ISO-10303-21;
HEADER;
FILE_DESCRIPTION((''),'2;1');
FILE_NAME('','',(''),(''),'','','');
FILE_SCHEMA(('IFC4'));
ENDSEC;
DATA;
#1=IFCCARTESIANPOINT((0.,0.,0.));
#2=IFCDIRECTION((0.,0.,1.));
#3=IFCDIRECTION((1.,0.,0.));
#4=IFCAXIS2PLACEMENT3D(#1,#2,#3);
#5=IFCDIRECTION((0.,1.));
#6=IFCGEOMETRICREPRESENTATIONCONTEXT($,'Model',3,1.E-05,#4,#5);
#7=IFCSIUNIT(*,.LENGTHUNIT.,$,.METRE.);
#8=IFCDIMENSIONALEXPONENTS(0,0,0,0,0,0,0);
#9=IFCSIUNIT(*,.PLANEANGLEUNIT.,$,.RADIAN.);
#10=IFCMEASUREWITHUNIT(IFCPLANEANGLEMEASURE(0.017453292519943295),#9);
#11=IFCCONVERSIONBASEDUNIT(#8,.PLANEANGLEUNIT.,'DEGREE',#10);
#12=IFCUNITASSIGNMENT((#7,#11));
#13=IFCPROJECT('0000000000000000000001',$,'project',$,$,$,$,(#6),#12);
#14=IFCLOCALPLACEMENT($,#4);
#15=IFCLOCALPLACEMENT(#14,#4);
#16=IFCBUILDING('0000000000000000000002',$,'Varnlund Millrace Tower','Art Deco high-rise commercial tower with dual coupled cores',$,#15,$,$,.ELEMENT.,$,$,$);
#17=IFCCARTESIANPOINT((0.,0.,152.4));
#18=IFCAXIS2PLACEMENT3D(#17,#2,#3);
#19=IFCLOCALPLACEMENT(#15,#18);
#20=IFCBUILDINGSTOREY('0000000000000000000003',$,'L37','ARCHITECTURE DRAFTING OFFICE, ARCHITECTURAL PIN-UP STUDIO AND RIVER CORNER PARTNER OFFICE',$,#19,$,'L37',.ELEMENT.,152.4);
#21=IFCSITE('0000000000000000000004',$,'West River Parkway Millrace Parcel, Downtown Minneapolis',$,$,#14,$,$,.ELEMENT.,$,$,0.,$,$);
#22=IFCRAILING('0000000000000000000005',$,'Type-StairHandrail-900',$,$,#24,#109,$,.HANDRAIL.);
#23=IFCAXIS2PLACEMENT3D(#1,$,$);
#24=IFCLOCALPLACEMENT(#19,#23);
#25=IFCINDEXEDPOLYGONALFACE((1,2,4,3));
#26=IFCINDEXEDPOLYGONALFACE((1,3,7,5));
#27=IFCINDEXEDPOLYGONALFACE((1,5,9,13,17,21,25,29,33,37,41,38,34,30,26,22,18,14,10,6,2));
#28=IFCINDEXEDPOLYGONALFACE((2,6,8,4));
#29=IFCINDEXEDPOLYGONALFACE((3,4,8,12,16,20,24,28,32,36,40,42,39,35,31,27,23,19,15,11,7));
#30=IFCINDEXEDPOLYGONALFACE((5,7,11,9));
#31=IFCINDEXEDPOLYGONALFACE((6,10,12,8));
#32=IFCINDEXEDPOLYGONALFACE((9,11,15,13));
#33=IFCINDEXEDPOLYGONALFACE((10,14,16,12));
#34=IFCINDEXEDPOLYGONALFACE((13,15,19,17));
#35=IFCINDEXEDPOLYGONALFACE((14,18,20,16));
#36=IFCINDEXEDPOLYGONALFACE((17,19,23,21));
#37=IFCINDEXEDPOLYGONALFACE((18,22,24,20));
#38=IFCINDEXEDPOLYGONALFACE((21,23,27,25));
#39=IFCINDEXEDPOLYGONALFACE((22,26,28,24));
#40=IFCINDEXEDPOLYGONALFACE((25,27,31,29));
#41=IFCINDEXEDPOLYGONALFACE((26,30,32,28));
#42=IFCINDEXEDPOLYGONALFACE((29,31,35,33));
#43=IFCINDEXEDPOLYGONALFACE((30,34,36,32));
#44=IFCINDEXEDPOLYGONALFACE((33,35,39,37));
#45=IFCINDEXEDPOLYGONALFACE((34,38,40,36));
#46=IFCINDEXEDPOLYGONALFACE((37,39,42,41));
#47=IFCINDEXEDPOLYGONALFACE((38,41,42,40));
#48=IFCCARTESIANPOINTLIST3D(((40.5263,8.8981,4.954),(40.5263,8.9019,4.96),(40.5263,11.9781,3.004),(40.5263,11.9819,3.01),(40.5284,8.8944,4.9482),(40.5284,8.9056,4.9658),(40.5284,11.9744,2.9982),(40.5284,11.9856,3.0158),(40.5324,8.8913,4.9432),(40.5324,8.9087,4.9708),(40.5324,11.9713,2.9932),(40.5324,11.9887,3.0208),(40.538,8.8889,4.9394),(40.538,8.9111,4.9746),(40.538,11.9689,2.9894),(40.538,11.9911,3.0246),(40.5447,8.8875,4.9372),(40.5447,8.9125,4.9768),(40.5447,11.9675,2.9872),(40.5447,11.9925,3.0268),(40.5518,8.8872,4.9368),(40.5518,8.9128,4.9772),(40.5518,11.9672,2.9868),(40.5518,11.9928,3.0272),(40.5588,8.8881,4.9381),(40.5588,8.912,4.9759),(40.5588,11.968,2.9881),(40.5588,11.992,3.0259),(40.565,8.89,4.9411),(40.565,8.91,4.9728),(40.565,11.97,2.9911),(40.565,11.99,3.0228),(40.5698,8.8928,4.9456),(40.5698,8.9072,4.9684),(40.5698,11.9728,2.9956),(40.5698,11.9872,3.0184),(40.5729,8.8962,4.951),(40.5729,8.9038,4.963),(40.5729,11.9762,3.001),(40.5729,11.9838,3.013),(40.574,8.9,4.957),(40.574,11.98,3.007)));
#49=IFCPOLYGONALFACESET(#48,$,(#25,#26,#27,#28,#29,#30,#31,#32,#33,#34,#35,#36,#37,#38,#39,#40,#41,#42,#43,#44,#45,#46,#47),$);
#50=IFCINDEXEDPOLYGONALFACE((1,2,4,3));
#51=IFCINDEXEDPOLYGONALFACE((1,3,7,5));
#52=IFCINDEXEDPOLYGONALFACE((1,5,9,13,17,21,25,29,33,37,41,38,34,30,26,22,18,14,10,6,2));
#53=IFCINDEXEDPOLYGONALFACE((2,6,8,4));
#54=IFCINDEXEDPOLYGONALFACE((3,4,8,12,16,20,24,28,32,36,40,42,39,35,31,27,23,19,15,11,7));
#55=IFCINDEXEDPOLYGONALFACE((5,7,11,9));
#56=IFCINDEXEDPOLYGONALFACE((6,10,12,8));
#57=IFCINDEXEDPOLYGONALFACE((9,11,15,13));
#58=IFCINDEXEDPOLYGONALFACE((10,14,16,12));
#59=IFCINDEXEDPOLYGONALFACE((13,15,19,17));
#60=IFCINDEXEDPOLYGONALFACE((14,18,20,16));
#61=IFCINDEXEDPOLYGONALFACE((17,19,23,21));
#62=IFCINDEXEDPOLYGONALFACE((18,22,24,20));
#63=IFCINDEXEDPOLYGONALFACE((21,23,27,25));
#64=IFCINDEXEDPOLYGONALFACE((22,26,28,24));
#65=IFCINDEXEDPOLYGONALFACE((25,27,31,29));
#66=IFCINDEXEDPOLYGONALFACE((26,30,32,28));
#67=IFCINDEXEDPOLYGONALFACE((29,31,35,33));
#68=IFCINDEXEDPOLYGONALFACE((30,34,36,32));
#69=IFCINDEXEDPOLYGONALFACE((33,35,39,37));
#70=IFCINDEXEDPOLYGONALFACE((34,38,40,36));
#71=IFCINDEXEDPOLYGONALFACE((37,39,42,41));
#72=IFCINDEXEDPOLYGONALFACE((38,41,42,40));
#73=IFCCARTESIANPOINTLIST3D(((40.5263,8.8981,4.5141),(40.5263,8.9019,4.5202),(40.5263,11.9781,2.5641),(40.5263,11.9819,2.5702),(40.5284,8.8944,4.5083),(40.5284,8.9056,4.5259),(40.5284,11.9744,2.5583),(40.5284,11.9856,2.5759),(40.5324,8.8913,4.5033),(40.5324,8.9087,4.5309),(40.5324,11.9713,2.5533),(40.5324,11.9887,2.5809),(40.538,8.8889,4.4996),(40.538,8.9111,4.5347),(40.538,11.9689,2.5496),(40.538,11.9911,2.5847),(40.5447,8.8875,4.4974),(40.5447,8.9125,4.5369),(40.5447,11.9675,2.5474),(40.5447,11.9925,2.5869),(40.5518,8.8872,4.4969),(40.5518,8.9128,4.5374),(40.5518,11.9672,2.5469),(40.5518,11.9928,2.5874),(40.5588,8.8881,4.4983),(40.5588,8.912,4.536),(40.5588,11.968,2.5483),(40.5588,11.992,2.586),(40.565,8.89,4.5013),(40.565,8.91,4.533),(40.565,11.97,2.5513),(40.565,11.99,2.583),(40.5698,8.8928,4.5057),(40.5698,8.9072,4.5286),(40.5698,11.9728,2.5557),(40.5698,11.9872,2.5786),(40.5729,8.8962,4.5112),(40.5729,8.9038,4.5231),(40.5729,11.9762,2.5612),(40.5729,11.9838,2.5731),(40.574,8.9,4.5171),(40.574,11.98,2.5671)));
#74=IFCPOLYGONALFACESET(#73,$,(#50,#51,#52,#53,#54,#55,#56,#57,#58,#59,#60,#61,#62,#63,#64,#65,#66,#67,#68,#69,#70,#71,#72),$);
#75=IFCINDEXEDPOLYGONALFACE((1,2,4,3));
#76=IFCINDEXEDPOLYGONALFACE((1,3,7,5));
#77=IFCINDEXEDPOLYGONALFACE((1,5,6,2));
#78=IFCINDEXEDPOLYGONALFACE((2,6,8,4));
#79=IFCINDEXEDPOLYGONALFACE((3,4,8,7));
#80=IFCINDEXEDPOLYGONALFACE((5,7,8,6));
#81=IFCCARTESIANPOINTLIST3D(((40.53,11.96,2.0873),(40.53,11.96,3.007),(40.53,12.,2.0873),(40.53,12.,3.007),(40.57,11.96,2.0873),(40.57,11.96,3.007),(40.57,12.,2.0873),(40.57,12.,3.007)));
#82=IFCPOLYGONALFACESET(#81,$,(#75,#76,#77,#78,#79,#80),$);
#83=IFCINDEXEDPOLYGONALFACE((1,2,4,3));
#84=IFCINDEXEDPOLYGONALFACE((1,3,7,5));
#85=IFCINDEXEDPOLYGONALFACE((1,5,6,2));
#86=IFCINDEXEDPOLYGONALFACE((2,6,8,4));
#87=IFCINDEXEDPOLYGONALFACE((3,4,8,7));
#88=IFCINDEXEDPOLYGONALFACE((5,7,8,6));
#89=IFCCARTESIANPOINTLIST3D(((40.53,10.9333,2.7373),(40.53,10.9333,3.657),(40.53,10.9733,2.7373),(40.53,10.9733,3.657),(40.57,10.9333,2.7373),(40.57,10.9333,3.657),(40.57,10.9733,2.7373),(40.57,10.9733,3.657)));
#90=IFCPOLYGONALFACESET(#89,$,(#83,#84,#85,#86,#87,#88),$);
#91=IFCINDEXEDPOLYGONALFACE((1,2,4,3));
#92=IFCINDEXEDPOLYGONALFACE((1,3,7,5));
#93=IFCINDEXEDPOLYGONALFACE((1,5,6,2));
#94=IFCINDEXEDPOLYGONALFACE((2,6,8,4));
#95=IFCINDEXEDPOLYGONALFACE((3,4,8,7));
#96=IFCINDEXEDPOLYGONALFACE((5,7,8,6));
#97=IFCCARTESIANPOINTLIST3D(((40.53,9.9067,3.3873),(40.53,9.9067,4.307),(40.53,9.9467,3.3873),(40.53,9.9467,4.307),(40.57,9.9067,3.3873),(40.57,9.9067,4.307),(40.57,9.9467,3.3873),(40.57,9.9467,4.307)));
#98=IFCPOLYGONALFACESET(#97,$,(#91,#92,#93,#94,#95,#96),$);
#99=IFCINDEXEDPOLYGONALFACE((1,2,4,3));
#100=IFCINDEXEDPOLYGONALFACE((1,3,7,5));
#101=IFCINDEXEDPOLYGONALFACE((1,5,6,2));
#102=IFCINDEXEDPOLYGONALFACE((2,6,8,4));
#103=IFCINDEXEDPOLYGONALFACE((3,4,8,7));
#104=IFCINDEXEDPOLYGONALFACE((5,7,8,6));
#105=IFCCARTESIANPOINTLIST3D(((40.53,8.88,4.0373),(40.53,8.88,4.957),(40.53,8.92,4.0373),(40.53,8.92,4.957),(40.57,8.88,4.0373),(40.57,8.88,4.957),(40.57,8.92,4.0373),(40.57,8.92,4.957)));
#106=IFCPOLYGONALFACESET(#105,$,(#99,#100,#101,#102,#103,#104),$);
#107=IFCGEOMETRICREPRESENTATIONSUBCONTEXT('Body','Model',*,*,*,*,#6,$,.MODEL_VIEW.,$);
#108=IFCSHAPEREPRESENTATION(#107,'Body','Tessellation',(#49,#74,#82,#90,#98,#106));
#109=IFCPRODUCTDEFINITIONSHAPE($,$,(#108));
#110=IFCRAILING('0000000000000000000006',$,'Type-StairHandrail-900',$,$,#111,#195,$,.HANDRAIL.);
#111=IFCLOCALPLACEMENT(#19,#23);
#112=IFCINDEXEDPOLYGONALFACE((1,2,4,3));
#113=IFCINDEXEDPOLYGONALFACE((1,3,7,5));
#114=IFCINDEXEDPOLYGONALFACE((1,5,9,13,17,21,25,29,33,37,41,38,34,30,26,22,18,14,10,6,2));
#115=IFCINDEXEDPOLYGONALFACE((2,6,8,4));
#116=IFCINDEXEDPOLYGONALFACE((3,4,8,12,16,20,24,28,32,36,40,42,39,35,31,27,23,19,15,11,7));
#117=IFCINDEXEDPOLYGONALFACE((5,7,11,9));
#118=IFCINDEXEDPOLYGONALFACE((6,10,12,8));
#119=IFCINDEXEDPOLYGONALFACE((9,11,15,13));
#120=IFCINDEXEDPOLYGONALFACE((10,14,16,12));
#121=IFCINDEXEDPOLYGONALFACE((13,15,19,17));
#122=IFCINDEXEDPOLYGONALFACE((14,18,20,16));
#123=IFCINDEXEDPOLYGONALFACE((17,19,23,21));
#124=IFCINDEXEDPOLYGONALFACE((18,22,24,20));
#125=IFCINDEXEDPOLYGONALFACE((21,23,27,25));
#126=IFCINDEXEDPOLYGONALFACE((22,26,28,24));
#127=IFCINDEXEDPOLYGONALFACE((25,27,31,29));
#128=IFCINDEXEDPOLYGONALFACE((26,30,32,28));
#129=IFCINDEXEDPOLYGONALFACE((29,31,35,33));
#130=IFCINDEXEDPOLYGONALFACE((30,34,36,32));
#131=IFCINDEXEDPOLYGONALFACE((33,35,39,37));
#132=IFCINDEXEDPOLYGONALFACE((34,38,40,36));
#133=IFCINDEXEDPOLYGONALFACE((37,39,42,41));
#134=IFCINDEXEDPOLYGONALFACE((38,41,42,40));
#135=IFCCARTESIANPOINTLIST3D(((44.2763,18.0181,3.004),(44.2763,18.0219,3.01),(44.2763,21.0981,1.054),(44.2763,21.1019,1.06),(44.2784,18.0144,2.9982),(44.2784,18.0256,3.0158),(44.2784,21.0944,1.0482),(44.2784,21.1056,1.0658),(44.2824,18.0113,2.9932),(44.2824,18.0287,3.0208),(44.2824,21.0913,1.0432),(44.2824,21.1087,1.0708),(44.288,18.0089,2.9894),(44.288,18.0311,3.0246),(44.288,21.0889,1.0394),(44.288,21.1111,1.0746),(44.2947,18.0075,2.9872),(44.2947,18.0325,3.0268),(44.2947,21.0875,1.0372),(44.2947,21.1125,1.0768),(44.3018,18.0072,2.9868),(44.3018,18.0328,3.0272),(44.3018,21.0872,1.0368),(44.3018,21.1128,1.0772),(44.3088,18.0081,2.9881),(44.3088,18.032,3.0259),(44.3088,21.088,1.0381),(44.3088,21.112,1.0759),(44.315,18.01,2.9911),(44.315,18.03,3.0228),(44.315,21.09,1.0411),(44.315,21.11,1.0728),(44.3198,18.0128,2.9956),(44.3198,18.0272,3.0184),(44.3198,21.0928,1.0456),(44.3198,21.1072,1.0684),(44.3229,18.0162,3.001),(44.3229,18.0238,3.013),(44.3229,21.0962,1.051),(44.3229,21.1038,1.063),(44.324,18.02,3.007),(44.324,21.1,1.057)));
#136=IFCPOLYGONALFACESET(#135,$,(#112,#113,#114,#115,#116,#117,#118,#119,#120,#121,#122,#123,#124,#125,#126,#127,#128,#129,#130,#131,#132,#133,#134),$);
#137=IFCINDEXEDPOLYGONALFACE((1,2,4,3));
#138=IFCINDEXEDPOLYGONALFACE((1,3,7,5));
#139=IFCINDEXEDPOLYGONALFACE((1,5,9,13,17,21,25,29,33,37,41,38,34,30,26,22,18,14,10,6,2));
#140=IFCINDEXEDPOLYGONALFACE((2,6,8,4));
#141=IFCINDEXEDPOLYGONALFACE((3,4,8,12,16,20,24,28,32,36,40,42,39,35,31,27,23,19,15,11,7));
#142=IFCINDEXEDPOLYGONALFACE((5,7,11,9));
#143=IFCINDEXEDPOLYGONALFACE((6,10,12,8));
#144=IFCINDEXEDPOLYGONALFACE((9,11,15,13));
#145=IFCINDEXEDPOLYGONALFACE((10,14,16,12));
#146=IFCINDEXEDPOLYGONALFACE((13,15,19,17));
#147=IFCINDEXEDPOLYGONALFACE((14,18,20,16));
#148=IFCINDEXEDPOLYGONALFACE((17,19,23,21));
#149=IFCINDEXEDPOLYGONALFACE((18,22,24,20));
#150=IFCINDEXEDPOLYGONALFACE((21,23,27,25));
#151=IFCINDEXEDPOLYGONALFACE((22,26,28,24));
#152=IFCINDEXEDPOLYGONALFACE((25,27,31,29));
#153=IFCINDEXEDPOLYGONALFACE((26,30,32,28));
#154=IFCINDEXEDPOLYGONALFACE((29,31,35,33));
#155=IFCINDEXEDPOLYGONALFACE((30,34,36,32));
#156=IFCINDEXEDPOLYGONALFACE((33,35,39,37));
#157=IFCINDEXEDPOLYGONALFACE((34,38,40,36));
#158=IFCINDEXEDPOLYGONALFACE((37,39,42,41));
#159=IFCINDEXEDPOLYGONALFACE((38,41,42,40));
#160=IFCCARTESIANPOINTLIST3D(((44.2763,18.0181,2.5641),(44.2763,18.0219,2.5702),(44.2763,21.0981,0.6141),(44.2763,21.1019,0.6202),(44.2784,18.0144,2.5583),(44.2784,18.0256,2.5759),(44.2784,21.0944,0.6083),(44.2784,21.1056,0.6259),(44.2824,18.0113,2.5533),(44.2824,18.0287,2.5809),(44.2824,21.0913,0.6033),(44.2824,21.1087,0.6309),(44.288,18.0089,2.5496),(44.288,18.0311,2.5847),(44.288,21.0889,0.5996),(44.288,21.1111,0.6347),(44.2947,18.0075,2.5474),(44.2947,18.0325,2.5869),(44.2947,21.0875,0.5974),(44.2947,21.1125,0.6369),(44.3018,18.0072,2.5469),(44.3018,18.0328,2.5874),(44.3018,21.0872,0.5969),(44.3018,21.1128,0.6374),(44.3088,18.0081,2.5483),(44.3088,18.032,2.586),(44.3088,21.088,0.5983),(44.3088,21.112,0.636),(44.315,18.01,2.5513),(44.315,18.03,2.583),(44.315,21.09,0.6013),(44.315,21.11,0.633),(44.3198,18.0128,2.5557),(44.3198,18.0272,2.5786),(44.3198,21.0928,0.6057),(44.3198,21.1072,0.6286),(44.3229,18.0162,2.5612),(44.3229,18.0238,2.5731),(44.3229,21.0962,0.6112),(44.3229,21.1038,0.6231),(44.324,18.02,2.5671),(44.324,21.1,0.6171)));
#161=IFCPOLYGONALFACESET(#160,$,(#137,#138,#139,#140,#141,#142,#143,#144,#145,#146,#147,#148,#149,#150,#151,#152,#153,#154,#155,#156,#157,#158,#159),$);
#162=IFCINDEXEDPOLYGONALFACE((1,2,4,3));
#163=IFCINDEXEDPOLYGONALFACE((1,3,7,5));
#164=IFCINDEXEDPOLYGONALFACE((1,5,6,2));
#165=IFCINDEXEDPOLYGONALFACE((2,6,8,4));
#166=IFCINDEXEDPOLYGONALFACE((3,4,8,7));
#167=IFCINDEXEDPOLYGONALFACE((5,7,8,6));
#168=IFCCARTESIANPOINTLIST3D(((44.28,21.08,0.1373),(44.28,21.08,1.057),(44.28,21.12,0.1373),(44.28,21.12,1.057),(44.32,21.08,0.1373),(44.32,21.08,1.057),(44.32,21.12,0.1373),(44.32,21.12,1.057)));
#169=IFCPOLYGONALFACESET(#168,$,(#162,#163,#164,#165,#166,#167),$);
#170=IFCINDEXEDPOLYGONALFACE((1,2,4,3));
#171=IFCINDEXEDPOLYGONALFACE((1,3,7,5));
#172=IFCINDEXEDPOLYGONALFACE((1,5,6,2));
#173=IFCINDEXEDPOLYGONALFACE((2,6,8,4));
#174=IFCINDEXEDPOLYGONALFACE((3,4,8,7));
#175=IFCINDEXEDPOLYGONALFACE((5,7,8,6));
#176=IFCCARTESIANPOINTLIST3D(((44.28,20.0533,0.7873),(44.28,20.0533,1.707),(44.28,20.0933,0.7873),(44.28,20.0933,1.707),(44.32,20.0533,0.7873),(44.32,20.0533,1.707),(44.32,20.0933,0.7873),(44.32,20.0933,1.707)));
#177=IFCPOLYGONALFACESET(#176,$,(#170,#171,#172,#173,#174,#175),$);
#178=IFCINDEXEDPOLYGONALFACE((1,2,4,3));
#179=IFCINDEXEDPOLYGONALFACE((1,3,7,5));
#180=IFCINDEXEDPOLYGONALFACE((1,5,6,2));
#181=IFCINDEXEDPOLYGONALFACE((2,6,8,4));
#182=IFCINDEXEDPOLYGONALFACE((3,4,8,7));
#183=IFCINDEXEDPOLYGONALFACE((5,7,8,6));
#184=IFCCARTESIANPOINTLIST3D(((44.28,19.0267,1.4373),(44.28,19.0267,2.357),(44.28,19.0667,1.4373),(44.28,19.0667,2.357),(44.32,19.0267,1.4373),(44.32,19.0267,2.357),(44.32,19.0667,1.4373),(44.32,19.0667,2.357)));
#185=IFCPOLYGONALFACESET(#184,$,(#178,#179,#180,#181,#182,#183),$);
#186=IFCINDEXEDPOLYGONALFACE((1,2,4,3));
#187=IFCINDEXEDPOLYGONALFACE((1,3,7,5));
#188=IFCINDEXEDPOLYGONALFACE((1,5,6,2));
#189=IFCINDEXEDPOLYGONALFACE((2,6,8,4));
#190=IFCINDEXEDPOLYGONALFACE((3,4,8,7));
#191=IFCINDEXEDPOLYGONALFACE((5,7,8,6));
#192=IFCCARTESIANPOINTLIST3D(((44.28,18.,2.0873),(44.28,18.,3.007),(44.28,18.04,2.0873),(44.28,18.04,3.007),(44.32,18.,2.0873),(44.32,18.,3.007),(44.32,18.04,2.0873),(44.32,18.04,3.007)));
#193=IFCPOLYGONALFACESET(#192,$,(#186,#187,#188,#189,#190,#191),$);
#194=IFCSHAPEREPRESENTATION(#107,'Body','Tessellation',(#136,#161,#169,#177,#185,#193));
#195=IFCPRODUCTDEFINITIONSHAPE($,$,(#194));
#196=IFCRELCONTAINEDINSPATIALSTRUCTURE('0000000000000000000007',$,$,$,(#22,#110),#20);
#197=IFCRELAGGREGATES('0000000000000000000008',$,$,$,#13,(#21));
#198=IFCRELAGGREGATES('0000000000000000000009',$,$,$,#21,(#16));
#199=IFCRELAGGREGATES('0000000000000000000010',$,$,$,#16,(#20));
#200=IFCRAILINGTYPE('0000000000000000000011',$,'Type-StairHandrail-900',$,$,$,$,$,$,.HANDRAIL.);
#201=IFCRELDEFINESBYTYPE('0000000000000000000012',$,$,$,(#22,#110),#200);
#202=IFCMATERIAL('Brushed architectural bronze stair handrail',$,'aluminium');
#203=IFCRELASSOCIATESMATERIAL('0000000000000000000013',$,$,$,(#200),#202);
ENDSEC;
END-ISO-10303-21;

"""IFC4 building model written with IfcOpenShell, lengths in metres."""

from ifc_helpers import new_model, entity, si_unit, converted_unit, direction, frame, origin_with_axes, origin_2d_with_axis, place, context, subcontext, project, spatial, rectangle, circle, extrude, material, type_object, element, save


model = new_model("IFC4")

# Units and contexts
model_context = context("Model", 3, precision=1e-05, world=origin_with_axes(), true_north=direction((0.0, 1.0)))
body_context = subcontext(model_context, "Body", "Model", "MODEL_VIEW")
ifc_project = project(units=[si_unit("LENGTHUNIT", "METRE"), converted_unit("PLANEANGLEUNIT", "DEGREE", entity("IfcPlaneAngleMeasure", 0.017453292519943295), si_unit("PLANEANGLEUNIT", "RADIAN"), dimensions=[0, 0, 0, 0, 0, 0, 0])], contexts=[model_context])

# Site, building, storey
site_placement = place(None, origin_with_axes())
site = spatial("IfcSite", under=ifc_project, at=site_placement, Name="West River Parkway Millrace Parcel, Downtown Minneapolis", CompositionType="ELEMENT", RefElevation=0.0)
building_placement = place(site_placement, origin_with_axes())
building = spatial("IfcBuilding", under=site, at=building_placement, Name="Varnlund Millrace Tower", Description="Art Deco high-rise commercial tower with dual coupled cores", CompositionType="ELEMENT")
storey_placement = place(building_placement, frame((0.0, 0.0, 152.4), z_axis=(0.0, 0.0, 1.0), x_axis=(1.0, 0.0, 0.0)))
storey = spatial("IfcBuildingStorey", under=building, at=storey_placement, Name="L37", Description="ARCHITECTURE DRAFTING OFFICE, ARCHITECTURAL PIN-UP STUDIO AND RIVER CORNER PARTNER OFFICE", LongName="L37", CompositionType="ELEMENT", Elevation=152.4)

# Railings
ifc_material_1 = material(Name="Brushed architectural bronze stair handrail", Category="aluminium")
railing_type_1 = type_object("IfcRailingType", Name="Type-StairHandrail-900", PredefinedType="HANDRAIL", material=ifc_material_1)
railing_1_placement = place(storey_placement, frame((0.0, 0.0, -152.4), z_axis=(0.0, 0.0, 1.0), x_axis=(1.0, 0.0, 0.0)))
element("IfcRailing", 1, at=railing_1_placement, inside=storey, type_object=railing_type_1, Name="Type-StairHandrail-900", PredefinedType="HANDRAIL", context=body_context, shape_type="SweptSolid", body=[
    extrude(circle(Radius=0.024, at=origin_2d_with_axis()), frame((40.55, 11.98, 155.407), z_axis=(0.0, -0.844902, 0.534922), x_axis=(1.0, 0.0, 0.0)), (0.0, 0.0, 1.0), 3.6454),
    extrude(circle(Radius=0.024, at=origin_2d_with_axis()), frame((40.55, 11.98, 154.9671), z_axis=(0.0, -0.844902, 0.534922), x_axis=(1.0, 0.0, 0.0)), (0.0, 0.0, 1.0), 3.6454),
    extrude(rectangle(XDim=0.04, YDim=0.04, at=origin_2d_with_axis()), frame((40.55, 11.98, 154.4873), z_axis=(0.0, 0.0, 1.0), x_axis=(1.0, 0.0, 0.0)), (0.0, 0.0, 1.0), 0.9197),
    extrude(rectangle(XDim=0.04, YDim=0.04, at=origin_2d_with_axis()), frame((40.55, 10.9533, 155.1373), z_axis=(0.0, 0.0, 1.0), x_axis=(1.0, 0.0, 0.0)), (0.0, 0.0, 1.0), 0.9197),
    extrude(rectangle(XDim=0.04, YDim=0.04, at=origin_2d_with_axis()), frame((40.55, 9.9267, 155.7873), z_axis=(0.0, 0.0, 1.0), x_axis=(1.0, 0.0, 0.0)), (0.0, 0.0, 1.0), 0.9197),
    extrude(rectangle(XDim=0.04, YDim=0.04, at=origin_2d_with_axis()), frame((40.55, 8.9, 156.4373), z_axis=(0.0, 0.0, 1.0), x_axis=(1.0, 0.0, 0.0)), (0.0, 0.0, 1.0), 0.9197),
])
railing_2_placement = place(storey_placement, frame((0.0, 0.0, -152.4), z_axis=(0.0, 0.0, 1.0), x_axis=(1.0, 0.0, 0.0)))
element("IfcRailing", 2, at=railing_2_placement, inside=storey, type_object=railing_type_1, Name="Type-StairHandrail-900", PredefinedType="HANDRAIL", context=body_context, shape_type="SweptSolid", body=[
    extrude(circle(Radius=0.024, at=origin_2d_with_axis()), frame((44.3, 21.1, 153.457), z_axis=(0.0, -0.844902, 0.534922), x_axis=(1.0, 0.0, 0.0)), (0.0, 0.0, 1.0), 3.6454),
    extrude(circle(Radius=0.024, at=origin_2d_with_axis()), frame((44.3, 21.1, 153.0171), z_axis=(0.0, -0.844902, 0.534922), x_axis=(1.0, 0.0, 0.0)), (0.0, 0.0, 1.0), 3.6454),
    extrude(rectangle(XDim=0.04, YDim=0.04, at=origin_2d_with_axis()), frame((44.3, 21.1, 152.5373), z_axis=(0.0, 0.0, 1.0), x_axis=(1.0, 0.0, 0.0)), (0.0, 0.0, 1.0), 0.9197),
    extrude(rectangle(XDim=0.04, YDim=0.04, at=origin_2d_with_axis()), frame((44.3, 20.0733, 153.1873), z_axis=(0.0, 0.0, 1.0), x_axis=(1.0, 0.0, 0.0)), (0.0, 0.0, 1.0), 0.9197),
    extrude(rectangle(XDim=0.04, YDim=0.04, at=origin_2d_with_axis()), frame((44.3, 19.0467, 153.8373), z_axis=(0.0, 0.0, 1.0), x_axis=(1.0, 0.0, 0.0)), (0.0, 0.0, 1.0), 0.9197),
    extrude(rectangle(XDim=0.04, YDim=0.04, at=origin_2d_with_axis()), frame((44.3, 18.02, 154.4873), z_axis=(0.0, 0.0, 1.0), x_axis=(1.0, 0.0, 0.0)), (0.0, 0.0, 1.0), 0.9197),
])

save(model, "model.ifc")
